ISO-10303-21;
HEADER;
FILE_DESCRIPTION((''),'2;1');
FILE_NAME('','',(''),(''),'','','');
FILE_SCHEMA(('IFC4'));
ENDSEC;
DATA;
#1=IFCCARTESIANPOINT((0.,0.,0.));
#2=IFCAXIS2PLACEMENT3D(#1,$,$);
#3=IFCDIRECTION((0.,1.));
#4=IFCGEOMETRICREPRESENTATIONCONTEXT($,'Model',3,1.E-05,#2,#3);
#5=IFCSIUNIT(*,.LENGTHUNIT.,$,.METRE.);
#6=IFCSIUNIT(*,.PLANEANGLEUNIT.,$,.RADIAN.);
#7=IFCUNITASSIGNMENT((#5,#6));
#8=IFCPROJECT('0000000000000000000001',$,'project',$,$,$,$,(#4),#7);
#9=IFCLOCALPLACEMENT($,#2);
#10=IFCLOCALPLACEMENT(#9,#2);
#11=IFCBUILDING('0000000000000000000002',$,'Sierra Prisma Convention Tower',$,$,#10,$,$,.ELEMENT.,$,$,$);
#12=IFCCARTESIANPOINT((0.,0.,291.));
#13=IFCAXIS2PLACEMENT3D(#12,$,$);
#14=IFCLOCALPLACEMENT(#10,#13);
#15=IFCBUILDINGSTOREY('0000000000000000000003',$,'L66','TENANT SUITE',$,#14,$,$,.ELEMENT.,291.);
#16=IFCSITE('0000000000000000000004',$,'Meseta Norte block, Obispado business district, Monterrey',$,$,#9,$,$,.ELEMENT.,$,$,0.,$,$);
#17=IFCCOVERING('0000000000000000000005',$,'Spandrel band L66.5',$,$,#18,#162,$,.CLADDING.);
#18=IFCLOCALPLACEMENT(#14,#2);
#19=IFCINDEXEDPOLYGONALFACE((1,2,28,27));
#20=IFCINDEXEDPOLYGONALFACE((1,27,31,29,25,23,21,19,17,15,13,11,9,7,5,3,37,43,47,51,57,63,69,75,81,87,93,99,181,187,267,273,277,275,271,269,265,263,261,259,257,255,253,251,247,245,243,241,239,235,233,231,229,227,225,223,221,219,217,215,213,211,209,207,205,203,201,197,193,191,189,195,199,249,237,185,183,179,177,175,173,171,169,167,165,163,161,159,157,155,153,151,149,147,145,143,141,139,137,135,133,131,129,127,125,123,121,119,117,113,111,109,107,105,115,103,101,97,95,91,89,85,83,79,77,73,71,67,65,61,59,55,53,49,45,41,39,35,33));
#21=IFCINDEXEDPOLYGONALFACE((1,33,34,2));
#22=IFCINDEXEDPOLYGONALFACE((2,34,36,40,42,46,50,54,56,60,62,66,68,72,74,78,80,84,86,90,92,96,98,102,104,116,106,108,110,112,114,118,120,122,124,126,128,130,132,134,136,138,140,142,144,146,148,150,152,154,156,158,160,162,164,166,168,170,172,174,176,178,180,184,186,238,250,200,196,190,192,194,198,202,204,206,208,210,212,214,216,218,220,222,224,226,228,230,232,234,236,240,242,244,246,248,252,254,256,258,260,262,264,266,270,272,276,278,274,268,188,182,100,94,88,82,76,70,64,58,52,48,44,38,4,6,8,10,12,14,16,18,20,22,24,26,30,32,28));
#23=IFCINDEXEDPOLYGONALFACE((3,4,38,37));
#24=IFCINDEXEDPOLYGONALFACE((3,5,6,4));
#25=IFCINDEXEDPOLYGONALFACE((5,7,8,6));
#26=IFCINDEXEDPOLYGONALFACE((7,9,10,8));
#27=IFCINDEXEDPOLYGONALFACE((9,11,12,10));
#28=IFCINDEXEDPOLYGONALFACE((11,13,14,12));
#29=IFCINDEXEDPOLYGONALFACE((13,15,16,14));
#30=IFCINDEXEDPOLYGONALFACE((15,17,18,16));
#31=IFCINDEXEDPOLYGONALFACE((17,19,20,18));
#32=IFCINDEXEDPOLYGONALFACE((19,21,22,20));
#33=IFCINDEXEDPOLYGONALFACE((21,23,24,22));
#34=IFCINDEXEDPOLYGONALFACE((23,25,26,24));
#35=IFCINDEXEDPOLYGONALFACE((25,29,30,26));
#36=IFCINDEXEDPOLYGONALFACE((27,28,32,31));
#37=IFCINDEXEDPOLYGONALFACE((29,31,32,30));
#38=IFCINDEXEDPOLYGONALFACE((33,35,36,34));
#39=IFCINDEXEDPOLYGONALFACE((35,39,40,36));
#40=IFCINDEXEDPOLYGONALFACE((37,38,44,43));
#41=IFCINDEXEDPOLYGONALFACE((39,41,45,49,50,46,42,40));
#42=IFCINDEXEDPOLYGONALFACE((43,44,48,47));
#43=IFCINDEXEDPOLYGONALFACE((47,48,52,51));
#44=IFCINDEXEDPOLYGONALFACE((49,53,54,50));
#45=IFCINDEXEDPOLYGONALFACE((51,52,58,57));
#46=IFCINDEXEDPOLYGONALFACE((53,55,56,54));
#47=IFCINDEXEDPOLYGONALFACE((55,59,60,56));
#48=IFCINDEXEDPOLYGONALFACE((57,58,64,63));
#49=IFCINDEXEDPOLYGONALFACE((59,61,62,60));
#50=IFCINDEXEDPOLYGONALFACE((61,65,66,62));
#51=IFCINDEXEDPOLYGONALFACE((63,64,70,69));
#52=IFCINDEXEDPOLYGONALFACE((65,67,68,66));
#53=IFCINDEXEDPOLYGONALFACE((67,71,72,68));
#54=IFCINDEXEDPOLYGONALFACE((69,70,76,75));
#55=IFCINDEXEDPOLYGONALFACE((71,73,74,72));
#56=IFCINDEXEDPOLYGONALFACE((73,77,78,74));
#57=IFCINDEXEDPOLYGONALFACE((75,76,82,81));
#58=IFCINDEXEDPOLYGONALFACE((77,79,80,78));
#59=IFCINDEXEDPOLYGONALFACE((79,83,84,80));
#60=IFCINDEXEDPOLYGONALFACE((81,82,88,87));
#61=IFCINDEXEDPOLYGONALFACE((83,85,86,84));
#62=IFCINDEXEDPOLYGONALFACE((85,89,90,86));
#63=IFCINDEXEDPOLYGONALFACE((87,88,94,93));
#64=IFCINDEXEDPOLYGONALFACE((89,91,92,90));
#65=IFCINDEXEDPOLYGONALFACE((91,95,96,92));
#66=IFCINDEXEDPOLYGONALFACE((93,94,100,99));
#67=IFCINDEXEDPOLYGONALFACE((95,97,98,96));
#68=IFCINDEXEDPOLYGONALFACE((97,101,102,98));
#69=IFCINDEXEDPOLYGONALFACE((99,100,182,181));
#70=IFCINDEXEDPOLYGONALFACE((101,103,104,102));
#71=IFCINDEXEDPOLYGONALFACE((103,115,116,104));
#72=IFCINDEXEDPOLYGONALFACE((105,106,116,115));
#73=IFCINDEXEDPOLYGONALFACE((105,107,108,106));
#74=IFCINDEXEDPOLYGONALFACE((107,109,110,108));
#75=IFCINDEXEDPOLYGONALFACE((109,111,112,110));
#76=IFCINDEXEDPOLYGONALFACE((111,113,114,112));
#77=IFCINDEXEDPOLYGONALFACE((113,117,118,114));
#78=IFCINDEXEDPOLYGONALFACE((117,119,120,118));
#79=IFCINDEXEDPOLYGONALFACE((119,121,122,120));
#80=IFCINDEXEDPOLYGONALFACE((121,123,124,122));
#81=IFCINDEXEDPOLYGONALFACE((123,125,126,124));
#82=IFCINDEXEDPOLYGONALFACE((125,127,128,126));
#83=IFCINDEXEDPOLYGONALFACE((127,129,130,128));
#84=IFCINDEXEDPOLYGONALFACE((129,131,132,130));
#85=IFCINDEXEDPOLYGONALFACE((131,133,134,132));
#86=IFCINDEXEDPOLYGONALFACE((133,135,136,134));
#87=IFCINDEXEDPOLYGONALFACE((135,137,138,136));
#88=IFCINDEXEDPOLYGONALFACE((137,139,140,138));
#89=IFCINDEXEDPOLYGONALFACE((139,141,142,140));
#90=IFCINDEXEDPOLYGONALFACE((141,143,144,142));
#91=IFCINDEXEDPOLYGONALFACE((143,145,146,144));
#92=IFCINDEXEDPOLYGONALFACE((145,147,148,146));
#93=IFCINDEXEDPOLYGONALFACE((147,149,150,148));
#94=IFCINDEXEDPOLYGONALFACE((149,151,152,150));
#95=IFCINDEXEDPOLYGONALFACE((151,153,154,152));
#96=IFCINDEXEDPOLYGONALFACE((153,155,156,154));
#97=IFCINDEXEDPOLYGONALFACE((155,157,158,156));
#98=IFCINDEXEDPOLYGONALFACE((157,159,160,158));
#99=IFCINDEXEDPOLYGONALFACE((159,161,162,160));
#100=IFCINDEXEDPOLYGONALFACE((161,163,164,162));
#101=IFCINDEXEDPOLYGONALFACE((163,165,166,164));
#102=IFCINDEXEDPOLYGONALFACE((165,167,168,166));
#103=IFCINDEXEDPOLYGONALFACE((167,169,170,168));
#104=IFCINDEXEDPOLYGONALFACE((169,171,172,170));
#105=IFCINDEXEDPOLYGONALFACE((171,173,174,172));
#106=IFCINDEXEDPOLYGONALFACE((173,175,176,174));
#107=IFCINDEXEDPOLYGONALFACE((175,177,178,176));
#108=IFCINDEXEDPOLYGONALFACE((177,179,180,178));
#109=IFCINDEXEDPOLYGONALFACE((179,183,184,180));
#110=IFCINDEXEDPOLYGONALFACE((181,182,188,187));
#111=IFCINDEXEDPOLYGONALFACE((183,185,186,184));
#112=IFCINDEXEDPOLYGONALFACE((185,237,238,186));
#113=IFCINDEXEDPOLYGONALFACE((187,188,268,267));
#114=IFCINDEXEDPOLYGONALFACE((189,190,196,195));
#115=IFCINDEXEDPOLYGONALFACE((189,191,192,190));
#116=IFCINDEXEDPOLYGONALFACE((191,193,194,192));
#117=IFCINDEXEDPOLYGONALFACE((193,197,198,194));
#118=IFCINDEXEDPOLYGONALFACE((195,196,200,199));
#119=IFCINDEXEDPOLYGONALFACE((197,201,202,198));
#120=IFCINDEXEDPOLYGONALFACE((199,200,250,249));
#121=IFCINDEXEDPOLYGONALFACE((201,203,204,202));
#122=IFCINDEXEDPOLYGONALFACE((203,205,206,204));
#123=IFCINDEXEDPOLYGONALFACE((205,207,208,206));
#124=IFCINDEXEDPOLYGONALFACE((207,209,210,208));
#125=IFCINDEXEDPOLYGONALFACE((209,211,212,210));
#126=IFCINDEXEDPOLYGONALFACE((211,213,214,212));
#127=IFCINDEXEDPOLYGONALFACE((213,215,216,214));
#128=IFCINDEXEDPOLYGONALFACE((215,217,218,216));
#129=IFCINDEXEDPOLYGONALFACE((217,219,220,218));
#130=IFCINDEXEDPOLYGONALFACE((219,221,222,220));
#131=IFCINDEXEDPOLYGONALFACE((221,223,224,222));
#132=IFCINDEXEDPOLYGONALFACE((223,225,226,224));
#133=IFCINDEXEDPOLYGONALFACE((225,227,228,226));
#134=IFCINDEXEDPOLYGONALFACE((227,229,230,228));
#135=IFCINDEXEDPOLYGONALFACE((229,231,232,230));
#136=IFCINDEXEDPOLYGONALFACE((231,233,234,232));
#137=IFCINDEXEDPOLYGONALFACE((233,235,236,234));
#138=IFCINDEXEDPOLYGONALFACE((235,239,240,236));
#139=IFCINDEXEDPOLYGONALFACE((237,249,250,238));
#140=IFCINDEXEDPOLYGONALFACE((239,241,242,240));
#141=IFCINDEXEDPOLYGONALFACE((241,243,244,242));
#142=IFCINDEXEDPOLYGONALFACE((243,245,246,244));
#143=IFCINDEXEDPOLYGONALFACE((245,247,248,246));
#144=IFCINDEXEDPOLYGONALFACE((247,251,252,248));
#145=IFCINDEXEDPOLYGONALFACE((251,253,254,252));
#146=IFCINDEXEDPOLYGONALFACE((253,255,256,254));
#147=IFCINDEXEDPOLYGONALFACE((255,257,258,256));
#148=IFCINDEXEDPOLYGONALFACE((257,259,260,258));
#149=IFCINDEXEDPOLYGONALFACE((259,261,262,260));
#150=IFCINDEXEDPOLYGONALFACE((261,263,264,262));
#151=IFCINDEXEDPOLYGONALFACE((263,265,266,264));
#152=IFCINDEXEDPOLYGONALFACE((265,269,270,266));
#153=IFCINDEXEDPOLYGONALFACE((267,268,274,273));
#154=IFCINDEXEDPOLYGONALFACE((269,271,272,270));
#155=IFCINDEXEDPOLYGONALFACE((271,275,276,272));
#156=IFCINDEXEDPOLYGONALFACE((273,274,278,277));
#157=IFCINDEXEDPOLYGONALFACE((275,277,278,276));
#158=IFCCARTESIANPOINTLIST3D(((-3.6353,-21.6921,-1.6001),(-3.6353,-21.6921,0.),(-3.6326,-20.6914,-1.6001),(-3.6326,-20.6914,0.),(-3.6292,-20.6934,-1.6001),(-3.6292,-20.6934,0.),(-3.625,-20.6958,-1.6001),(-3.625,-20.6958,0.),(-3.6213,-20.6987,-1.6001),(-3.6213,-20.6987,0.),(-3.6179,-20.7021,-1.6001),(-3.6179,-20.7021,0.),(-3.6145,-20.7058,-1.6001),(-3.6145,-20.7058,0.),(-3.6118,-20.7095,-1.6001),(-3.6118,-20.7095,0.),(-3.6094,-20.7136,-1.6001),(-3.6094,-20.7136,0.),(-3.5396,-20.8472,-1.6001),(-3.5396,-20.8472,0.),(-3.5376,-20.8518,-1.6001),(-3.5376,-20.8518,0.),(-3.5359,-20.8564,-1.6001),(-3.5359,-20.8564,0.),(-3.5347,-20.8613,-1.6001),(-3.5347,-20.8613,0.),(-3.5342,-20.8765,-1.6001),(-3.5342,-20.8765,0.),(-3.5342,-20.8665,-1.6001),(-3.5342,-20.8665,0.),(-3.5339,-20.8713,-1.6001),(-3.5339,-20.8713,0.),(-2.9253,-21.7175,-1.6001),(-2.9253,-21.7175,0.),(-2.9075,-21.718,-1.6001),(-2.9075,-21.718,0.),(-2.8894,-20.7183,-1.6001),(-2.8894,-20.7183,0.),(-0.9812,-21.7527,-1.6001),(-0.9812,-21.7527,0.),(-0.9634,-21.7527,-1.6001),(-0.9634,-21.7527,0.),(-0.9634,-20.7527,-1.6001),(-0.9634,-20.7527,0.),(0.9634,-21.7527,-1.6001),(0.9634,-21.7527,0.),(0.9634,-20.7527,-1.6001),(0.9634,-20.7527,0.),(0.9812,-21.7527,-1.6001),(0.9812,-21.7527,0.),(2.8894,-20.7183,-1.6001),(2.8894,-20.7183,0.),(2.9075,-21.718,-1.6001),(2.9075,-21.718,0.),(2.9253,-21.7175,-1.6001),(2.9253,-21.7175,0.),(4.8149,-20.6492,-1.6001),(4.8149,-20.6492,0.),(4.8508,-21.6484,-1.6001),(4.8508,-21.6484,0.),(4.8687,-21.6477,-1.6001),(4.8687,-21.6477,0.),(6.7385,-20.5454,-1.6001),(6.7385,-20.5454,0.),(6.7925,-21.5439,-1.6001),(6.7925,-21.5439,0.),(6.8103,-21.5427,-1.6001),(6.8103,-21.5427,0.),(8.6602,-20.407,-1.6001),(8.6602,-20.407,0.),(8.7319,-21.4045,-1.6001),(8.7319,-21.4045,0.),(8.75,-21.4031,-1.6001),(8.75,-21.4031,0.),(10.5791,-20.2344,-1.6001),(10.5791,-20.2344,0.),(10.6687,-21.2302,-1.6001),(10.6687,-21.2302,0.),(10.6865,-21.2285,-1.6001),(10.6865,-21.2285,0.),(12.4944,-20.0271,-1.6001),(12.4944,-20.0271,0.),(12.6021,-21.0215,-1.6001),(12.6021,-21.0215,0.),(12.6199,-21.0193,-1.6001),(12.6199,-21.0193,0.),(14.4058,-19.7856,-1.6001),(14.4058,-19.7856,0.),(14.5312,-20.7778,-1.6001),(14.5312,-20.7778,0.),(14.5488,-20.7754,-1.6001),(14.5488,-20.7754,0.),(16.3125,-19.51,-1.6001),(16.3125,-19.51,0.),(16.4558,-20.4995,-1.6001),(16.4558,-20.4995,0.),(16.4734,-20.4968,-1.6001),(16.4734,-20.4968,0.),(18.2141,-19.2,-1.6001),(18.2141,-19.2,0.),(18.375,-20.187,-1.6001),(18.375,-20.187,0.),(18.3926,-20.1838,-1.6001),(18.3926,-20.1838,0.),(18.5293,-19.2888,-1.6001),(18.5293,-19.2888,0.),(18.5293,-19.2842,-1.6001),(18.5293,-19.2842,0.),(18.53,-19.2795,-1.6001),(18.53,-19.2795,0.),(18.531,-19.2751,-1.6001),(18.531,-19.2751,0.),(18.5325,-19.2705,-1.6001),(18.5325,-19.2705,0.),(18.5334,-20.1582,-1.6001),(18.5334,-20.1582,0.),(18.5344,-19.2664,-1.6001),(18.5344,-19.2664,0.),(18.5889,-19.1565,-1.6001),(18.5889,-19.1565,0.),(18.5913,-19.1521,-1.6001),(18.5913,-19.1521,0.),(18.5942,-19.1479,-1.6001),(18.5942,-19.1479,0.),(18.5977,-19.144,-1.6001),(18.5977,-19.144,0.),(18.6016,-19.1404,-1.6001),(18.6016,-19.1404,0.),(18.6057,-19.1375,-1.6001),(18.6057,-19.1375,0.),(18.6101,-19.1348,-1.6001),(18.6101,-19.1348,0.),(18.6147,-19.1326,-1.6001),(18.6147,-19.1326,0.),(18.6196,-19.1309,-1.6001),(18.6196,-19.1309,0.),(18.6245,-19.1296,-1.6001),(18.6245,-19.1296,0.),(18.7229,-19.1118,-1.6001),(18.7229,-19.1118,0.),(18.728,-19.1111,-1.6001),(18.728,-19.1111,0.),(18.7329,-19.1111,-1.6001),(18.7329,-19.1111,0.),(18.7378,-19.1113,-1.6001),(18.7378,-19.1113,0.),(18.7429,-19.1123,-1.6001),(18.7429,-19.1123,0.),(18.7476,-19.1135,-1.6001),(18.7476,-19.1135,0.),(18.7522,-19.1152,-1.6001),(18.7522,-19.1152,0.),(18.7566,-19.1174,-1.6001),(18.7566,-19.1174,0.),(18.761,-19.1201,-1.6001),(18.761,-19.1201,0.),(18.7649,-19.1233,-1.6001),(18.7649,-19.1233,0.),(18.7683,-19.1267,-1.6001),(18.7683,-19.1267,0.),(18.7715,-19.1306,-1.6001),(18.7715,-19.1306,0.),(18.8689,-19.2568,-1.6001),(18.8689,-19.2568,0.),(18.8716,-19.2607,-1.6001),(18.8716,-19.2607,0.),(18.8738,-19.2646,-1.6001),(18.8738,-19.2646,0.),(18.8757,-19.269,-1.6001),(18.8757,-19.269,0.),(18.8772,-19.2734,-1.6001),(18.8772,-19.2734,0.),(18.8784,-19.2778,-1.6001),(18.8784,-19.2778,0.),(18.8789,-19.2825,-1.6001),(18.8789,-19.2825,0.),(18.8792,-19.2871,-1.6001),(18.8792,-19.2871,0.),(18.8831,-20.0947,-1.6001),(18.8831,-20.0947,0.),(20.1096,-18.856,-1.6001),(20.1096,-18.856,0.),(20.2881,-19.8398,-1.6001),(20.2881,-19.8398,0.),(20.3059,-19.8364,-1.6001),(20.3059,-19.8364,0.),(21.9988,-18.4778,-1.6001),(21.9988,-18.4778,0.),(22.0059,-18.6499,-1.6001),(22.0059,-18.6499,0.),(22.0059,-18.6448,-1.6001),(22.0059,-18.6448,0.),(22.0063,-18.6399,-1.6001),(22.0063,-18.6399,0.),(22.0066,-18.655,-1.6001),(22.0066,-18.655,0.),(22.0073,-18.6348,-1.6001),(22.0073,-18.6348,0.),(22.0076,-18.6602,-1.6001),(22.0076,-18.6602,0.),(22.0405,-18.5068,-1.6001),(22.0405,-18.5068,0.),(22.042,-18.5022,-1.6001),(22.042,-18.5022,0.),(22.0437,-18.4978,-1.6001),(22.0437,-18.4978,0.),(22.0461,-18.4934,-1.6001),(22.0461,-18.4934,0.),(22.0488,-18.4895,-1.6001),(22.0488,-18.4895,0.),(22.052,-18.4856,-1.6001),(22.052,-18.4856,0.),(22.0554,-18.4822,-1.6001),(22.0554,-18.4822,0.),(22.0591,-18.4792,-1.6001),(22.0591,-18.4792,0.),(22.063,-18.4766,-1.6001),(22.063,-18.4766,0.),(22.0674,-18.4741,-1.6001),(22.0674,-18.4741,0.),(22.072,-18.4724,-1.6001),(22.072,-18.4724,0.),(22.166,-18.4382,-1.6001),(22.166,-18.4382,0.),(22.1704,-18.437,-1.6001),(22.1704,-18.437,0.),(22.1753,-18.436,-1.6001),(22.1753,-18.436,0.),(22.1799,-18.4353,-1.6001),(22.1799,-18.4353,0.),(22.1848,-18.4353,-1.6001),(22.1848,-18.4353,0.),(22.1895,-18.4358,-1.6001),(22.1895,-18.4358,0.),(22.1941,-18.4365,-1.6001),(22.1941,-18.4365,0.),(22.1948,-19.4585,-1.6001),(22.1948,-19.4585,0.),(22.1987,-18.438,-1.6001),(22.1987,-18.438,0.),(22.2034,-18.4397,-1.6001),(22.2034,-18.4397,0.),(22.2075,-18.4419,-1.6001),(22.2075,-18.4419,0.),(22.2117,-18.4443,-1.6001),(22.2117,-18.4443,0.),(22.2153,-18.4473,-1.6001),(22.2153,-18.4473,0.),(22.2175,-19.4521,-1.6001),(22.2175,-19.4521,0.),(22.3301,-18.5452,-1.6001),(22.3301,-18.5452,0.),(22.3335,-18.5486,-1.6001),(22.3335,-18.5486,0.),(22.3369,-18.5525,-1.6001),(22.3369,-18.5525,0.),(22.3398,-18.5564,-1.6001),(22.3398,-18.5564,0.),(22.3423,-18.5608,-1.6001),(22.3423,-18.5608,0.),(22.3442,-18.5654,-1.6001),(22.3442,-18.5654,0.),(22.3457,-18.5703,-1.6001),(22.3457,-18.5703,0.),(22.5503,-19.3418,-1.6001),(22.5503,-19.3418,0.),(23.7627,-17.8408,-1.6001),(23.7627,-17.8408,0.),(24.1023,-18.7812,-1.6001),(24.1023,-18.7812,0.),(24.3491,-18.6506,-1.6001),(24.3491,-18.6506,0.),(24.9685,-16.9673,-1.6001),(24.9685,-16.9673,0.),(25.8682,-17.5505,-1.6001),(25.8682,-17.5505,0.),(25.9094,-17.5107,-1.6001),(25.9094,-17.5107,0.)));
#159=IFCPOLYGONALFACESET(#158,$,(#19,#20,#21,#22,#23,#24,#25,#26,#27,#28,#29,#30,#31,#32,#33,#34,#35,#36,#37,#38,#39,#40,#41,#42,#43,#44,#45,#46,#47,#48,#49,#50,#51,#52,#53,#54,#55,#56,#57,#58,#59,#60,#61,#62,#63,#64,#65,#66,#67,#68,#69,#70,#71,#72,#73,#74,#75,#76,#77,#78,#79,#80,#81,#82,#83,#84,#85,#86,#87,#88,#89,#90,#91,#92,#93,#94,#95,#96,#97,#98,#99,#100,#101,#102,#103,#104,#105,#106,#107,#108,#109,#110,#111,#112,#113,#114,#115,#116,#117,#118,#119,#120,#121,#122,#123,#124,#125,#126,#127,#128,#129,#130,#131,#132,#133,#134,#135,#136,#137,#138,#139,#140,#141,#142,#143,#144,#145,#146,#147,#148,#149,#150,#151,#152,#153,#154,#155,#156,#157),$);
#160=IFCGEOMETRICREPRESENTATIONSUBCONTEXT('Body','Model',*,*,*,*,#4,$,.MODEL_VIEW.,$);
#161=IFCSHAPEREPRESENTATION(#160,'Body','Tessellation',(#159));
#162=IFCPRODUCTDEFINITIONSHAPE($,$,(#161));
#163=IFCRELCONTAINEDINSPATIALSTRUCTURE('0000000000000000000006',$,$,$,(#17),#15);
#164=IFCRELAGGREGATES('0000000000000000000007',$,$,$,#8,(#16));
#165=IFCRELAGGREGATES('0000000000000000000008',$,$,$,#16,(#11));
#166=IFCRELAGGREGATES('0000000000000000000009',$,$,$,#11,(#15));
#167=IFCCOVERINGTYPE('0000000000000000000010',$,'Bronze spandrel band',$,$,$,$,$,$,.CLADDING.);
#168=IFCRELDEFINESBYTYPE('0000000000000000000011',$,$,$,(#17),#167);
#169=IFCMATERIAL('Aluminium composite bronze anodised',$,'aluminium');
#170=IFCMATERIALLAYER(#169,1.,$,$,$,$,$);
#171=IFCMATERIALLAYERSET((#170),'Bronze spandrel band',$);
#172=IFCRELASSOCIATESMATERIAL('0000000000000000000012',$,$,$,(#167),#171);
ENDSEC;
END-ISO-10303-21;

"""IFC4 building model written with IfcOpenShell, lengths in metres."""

from ifc_helpers import new_model, si_unit, direction, frame, origin, place, context, subcontext, project, spatial, polyline, outline, extrude, material, layer, layer_set, type_object, element, save


model = new_model("IFC4")

# Units and contexts
model_context = context("Model", 3, precision=1e-05, world=origin(), true_north=direction((0.0, 1.0)))
body_context = subcontext(model_context, "Body", "Model", "MODEL_VIEW")
ifc_project = project(units=[si_unit("LENGTHUNIT", "METRE"), si_unit("PLANEANGLEUNIT", "RADIAN")], contexts=[model_context])

# Site, building, storey
site_placement = place(None, origin())
site = spatial("IfcSite", under=ifc_project, at=site_placement, Name="Meseta Norte block, Obispado business district, Monterrey", CompositionType="ELEMENT", RefElevation=0.0)
building_placement = place(site_placement, origin())
building = spatial("IfcBuilding", under=site, at=building_placement, Name="Sierra Prisma Convention Tower", CompositionType="ELEMENT")
storey_placement = place(building_placement, frame((0.0, 0.0, 291.0)))
storey = spatial("IfcBuildingStorey", under=building, at=storey_placement, Name="L66", Description="TENANT SUITE", CompositionType="ELEMENT", Elevation=291.0)

# Covering
ifc_material_1 = material(Name="Aluminium composite bronze anodised", Category="aluminium")
ifc_layer_1 = layer(ifc_material_1, 1.0)
ifc_layer_set_1 = layer_set([ifc_layer_1], Name="Bronze spandrel band")
covering_type_1 = type_object("IfcCoveringType", Name="Bronze spandrel band", PredefinedType="CLADDING", material=ifc_layer_set_1)
covering_1_placement = place(storey_placement, frame((0.0, 0.0, -1.6001)))
element("IfcCovering", 1, at=covering_1_placement, inside=storey, type_object=covering_type_1, Name="Spandrel band L66.5", PredefinedType="CLADDING", context=body_context, shape_type="SweptSolid", body=[
    extrude(outline(polyline([(22.5503, -19.3418), (22.3457, -18.5703), (22.3442, -18.5654), (22.3423, -18.5608), (22.3398, -18.5564), (22.3369, -18.5525), (22.3335, -18.5486), (22.3301, -18.5452), (22.2153, -18.4473), (22.2117, -18.4443), (22.2075, -18.4419), (22.2034, -18.4397), (22.1987, -18.438), (22.1941, -18.4365), (22.1895, -18.4358), (22.1848, -18.4353), (22.1799, -18.4353), (22.1753, -18.436), (22.1704, -18.437), (22.166, -18.4382), (22.072, -18.4724), (22.0674, -18.4741), (22.063, -18.4766), (22.0591, -18.4792), (22.0554, -18.4822), (22.052, -18.4856), (22.0488, -18.4895), (22.0461, -18.4934), (22.0437, -18.4978), (22.042, -18.5022), (22.0405, -18.5068), (22.0073, -18.6348), (22.0063, -18.6399), (22.0059, -18.6448), (22.0059, -18.6499), (22.0066, -18.655), (22.0076, -18.6602), (22.2175, -19.4521), (22.1948, -19.4585), (20.3059, -19.8364), (20.2881, -19.8398), (18.8831, -20.0947), (18.8792, -19.2871), (18.8789, -19.2825), (18.8784, -19.2778), (18.8772, -19.2734), (18.8757, -19.269), (18.8738, -19.2646), (18.8716, -19.2607), (18.8689, -19.2568), (18.7715, -19.1306), (18.7683, -19.1267), (18.7649, -19.1233), (18.761, -19.1201), (18.7566, -19.1174), (18.7522, -19.1152), (18.7476, -19.1135), (18.7429, -19.1123), (18.7378, -19.1113), (18.7329, -19.1111), (18.728, -19.1111), (18.7229, -19.1118), (18.6245, -19.1296), (18.6196, -19.1309), (18.6147, -19.1326), (18.6101, -19.1348), (18.6057, -19.1375), (18.6016, -19.1404), (18.5977, -19.144), (18.5942, -19.1479), (18.5913, -19.1521), (18.5889, -19.1565), (18.5344, -19.2664), (18.5325, -19.2705), (18.531, -19.2751), (18.53, -19.2795), (18.5293, -19.2842), (18.5293, -19.2888), (18.5334, -20.1582), (18.3926, -20.1838), (18.375, -20.187), (16.4734, -20.4968), (16.4558, -20.4995), (14.5488, -20.7754), (14.5312, -20.7778), (12.6199, -21.0193), (12.6021, -21.0215), (10.6865, -21.2285), (10.6687, -21.2302), (8.75, -21.4031), (8.7319, -21.4045), (6.8103, -21.5427), (6.7925, -21.5439), (4.8687, -21.6477), (4.8508, -21.6484), (2.9253, -21.7175), (2.9075, -21.718), (0.9812, -21.7527), (0.9634, -21.7527), (-0.9634, -21.7527), (-0.9812, -21.7527), (-2.9075, -21.718), (-2.9253, -21.7175), (-3.6353, -21.6921), (-3.5342, -20.8765), (-3.5339, -20.8713), (-3.5342, -20.8665), (-3.5347, -20.8613), (-3.5359, -20.8564), (-3.5376, -20.8518), (-3.5396, -20.8472), (-3.6094, -20.7136), (-3.6118, -20.7095), (-3.6145, -20.7058), (-3.6179, -20.7021), (-3.6213, -20.6987), (-3.625, -20.6958), (-3.6292, -20.6934), (-3.6326, -20.6914), (-2.8894, -20.7183), (-0.9634, -20.7527), (0.9634, -20.7527), (2.8894, -20.7183), (4.8149, -20.6492), (6.7385, -20.5454), (8.6602, -20.407), (10.5791, -20.2344), (12.4944, -20.0271), (14.4058, -19.7856), (16.3125, -19.51), (18.2141, -19.2), (20.1096, -18.856), (21.9988, -18.4778), (23.7627, -17.8408), (24.9685, -16.9673), (25.9094, -17.5107), (25.8682, -17.5505), (24.3491, -18.6506), (24.1023, -18.7812), (22.5503, -19.3418)])), origin(), (0.0, 0.0, 1.0), 1.6001),
])

save(model, "model.ifc")
